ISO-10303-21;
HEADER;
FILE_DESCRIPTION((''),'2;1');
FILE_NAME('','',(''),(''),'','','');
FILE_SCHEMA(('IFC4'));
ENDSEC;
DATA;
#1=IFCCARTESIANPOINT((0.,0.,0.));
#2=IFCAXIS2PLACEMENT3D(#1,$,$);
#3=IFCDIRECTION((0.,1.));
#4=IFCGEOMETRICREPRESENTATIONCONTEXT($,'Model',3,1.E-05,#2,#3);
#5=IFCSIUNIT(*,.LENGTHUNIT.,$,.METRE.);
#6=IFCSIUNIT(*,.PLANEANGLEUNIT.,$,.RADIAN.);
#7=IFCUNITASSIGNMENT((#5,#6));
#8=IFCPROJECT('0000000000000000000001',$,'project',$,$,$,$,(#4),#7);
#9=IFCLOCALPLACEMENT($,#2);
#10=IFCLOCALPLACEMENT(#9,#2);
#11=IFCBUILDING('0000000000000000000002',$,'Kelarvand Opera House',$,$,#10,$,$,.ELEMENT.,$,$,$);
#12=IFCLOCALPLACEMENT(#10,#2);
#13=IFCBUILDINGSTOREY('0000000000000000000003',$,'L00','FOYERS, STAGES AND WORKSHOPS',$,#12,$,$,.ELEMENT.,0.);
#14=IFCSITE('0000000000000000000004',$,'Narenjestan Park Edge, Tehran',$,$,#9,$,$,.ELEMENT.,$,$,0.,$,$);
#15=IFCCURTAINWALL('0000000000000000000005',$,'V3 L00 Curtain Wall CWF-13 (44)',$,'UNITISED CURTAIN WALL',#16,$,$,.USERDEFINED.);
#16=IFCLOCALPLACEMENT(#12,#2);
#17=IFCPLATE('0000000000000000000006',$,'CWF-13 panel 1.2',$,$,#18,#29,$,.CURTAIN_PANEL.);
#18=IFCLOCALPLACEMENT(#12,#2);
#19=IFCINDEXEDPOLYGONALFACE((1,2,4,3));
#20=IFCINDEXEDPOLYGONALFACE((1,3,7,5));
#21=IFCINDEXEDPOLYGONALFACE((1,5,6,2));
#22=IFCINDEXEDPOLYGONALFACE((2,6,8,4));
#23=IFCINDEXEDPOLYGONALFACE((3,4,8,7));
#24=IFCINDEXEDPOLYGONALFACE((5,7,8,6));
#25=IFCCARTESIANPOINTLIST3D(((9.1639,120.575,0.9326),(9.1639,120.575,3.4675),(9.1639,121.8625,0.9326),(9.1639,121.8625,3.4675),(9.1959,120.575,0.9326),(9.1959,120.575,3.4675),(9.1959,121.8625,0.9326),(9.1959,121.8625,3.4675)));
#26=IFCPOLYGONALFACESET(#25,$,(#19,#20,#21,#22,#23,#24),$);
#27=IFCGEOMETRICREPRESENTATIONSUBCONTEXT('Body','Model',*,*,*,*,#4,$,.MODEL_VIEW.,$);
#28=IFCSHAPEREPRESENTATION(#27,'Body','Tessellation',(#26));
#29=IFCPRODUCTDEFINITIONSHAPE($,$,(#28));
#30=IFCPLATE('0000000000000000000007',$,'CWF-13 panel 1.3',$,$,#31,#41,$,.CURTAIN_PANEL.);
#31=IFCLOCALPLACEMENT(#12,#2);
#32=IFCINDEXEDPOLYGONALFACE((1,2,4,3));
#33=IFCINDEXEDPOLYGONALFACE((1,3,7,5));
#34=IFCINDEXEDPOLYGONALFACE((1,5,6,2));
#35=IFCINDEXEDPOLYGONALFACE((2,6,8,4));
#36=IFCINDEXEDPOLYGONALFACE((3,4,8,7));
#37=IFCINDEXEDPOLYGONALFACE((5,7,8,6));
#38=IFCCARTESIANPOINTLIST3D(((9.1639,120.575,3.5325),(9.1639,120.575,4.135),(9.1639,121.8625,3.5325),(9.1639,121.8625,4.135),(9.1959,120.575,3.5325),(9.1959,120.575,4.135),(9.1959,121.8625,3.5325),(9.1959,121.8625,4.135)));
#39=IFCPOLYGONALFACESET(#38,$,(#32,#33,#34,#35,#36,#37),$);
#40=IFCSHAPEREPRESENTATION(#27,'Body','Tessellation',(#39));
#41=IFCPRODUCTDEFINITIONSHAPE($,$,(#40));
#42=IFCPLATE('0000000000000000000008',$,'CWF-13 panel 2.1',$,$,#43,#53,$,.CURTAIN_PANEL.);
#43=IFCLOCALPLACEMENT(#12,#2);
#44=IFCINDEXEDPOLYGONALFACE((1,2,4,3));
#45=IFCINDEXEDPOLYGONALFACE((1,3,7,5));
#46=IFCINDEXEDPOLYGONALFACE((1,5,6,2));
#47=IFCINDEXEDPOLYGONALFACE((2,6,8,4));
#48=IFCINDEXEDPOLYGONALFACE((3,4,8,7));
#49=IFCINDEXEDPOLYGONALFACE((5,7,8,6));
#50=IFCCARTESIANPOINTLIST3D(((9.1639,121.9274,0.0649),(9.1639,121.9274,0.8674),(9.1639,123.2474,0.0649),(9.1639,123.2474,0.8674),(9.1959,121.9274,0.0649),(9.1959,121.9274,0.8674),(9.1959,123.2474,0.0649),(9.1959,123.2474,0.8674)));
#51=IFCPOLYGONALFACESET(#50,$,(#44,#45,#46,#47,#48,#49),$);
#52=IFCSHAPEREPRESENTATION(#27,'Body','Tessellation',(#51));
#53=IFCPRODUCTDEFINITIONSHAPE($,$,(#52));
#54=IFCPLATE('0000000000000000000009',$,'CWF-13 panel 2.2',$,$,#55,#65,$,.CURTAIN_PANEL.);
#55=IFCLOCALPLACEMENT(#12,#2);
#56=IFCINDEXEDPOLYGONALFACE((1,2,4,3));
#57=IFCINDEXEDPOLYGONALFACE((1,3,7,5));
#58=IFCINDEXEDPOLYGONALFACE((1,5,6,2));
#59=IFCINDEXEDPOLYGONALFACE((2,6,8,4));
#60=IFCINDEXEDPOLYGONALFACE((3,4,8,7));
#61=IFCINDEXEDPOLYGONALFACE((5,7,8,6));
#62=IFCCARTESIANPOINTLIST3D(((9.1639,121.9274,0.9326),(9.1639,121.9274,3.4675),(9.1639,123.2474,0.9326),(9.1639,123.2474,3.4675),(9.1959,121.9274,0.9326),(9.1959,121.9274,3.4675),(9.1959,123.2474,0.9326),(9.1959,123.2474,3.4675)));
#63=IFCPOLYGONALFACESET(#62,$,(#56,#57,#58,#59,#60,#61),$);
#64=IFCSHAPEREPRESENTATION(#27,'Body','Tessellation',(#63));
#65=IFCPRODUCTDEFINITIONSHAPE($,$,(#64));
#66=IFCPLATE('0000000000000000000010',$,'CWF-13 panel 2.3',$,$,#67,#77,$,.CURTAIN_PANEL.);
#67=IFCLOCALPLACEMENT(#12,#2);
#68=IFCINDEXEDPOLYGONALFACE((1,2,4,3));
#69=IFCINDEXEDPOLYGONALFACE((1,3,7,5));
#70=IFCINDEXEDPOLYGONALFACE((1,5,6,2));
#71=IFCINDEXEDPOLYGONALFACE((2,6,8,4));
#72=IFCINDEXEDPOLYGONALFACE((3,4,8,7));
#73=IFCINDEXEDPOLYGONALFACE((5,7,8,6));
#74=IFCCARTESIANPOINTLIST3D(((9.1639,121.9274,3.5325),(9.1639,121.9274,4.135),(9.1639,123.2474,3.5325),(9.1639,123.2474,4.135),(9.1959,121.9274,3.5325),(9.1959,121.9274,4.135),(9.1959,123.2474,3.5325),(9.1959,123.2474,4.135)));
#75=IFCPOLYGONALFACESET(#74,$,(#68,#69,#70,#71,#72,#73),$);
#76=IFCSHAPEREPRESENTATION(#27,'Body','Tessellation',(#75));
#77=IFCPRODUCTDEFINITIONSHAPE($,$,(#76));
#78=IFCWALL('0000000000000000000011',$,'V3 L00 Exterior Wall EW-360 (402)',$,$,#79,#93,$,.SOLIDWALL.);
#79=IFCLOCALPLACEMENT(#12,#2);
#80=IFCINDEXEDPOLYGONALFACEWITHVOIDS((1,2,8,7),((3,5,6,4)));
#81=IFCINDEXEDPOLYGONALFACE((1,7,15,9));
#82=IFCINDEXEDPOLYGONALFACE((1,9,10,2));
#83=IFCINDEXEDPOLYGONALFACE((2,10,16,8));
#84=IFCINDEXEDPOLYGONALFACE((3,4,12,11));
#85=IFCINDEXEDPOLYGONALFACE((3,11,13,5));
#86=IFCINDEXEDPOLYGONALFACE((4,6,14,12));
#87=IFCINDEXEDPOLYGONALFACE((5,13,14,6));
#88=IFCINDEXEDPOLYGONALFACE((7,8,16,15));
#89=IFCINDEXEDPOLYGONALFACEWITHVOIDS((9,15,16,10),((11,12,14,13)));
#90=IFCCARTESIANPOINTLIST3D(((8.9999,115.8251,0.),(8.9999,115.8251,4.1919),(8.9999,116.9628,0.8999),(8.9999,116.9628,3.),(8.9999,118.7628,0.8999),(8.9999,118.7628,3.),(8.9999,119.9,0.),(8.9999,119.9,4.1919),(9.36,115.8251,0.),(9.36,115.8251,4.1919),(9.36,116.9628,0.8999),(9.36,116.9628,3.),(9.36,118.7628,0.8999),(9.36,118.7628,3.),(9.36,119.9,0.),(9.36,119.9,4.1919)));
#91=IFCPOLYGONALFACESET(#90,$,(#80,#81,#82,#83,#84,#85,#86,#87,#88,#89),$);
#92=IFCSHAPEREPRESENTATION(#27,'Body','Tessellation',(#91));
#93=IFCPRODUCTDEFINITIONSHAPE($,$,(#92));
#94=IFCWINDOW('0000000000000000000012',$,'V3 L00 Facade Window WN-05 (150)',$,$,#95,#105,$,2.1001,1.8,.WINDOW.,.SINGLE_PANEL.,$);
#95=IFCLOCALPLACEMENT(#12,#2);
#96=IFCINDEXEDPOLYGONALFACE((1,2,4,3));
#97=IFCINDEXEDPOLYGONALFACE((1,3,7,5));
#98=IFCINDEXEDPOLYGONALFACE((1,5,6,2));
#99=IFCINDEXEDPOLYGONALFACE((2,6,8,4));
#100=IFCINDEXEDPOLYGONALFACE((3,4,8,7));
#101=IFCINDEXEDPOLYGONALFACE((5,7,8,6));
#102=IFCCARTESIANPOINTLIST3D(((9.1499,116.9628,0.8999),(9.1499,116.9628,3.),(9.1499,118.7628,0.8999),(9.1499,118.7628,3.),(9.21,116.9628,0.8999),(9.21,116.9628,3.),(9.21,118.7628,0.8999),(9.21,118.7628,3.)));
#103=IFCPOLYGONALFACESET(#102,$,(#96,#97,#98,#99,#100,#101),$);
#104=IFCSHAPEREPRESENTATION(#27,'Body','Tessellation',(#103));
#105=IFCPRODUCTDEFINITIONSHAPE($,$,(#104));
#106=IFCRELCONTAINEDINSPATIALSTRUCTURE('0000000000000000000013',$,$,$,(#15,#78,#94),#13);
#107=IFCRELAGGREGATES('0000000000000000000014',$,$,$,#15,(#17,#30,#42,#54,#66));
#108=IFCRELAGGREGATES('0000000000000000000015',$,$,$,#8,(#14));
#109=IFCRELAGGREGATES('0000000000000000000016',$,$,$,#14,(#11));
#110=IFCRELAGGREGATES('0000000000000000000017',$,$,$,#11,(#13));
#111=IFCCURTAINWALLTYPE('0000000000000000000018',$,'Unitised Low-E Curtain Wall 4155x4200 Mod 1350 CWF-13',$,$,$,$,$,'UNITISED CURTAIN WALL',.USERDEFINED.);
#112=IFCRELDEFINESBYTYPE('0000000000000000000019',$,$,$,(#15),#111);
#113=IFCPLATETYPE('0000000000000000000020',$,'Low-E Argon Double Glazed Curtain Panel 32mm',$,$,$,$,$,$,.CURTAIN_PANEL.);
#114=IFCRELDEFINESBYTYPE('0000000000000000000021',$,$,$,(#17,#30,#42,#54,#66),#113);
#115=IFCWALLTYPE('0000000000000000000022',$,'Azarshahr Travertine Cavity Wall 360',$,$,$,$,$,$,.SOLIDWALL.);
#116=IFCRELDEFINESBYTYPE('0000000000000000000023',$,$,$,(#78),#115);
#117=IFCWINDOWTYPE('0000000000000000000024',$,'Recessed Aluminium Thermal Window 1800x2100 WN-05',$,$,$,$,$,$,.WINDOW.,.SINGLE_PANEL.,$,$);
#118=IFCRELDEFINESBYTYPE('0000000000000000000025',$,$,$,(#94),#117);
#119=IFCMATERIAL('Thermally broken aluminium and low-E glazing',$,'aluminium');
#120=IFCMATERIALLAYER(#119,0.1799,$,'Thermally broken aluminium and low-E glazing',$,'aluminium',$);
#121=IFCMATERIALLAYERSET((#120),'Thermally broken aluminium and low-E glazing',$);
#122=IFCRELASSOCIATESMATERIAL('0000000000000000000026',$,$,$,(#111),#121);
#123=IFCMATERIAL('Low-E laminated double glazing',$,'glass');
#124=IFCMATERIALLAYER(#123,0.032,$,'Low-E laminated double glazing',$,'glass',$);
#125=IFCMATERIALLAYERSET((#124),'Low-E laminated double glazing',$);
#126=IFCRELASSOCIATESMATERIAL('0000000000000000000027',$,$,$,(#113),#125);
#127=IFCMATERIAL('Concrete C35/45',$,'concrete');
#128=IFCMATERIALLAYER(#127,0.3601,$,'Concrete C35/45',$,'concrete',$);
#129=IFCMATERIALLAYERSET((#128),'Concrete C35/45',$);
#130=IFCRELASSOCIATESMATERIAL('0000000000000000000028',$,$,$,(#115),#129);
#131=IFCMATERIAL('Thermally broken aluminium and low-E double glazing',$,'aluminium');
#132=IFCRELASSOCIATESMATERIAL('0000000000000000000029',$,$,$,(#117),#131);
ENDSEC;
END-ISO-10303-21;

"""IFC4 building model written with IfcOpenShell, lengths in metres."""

from ifc_helpers import new_model, si_unit, direction, frame, frame_2d, origin, origin_2d, place, context, subcontext, project, spatial, rectangle, extrude, material, layer, layer_set, type_object, element, fill, aggregate, save


model = new_model("IFC4")

# Units and contexts
model_context = context("Model", 3, precision=1e-05, world=origin(), true_north=direction((0.0, 1.0)))
body_context = subcontext(model_context, "Body", "Model", "MODEL_VIEW")
ifc_project = project(units=[si_unit("LENGTHUNIT", "METRE"), si_unit("PLANEANGLEUNIT", "RADIAN")], contexts=[model_context])

# Site, building, storey
site_placement = place(None, origin())
site = spatial("IfcSite", under=ifc_project, at=site_placement, Name="Narenjestan Park Edge, Tehran", CompositionType="ELEMENT", RefElevation=0.0)
building_placement = place(site_placement, origin())
building = spatial("IfcBuilding", under=site, at=building_placement, Name="Kelarvand Opera House", CompositionType="ELEMENT")
storey_placement = place(building_placement, origin())
storey = spatial("IfcBuildingStorey", under=building, at=storey_placement, Name="L00", Description="FOYERS, STAGES AND WORKSHOPS", CompositionType="ELEMENT", Elevation=0.0)

# Curtain wall
ifc_material_1 = material(Name="Thermally broken aluminium and low-E glazing", Category="aluminium")
ifc_layer_1 = layer(ifc_material_1, 0.1799, Name="Thermally broken aluminium and low-E glazing", Category="aluminium")
ifc_layer_set_1 = layer_set([ifc_layer_1], Name="Thermally broken aluminium and low-E glazing")
curtain_wall_type = type_object("IfcCurtainWallType", Name="Unitised Low-E Curtain Wall 4155x4200 Mod 1350 CWF-13", ElementType="UNITISED CURTAIN WALL", PredefinedType="USERDEFINED", material=ifc_layer_set_1)
curtain_wall_placement = place(storey_placement, origin())
curtain_wall = element("IfcCurtainWall", 1, at=curtain_wall_placement, inside=storey, type_object=curtain_wall_type, Name="V3 L00 Curtain Wall CWF-13 (44)", ObjectType="UNITISED CURTAIN WALL", PredefinedType="USERDEFINED")

# Plates
ifc_material_2 = material(Name="Low-E laminated double glazing", Category="glass")
ifc_layer_2 = layer(ifc_material_2, 0.032, Name="Low-E laminated double glazing", Category="glass")
ifc_layer_set_2 = layer_set([ifc_layer_2], Name="Low-E laminated double glazing")
plate_type = type_object("IfcPlateType", Name="Low-E Argon Double Glazed Curtain Panel 32mm", PredefinedType="CURTAIN_PANEL", material=ifc_layer_set_2)
plate_1_placement = place(storey_placement, frame((9.1799, 121.2188, 0.9326), z_axis=(0.0, 0.0, 1.0), x_axis=(0.0, 1.0, 0.0)))
plate_1 = element("IfcPlate", 2, at=plate_1_placement, type_object=plate_type, Name="CWF-13 panel 1.2", PredefinedType="CURTAIN_PANEL", context=body_context, shape_type="SweptSolid", body=[
    extrude(rectangle(XDim=1.2876, YDim=0.032, at=origin_2d()), origin(), (0.0, 0.0, 1.0), 2.5349),
])
plate_2_placement = place(storey_placement, frame((9.1799, 121.2188, 3.5325), z_axis=(0.0, 0.0, 1.0), x_axis=(0.0, 1.0, 0.0)))
plate_2 = element("IfcPlate", 3, at=plate_2_placement, type_object=plate_type, Name="CWF-13 panel 1.3", PredefinedType="CURTAIN_PANEL", context=body_context, shape_type="SweptSolid", body=[
    extrude(rectangle(XDim=1.2876, YDim=0.032, at=origin_2d()), origin(), (0.0, 0.0, 1.0), 0.6025),
])
plate_3_placement = place(storey_placement, frame((9.1799, 122.5874, 0.0649), z_axis=(0.0, 0.0, 1.0), x_axis=(0.0, 1.0, 0.0)))
plate_3 = element("IfcPlate", 4, at=plate_3_placement, type_object=plate_type, Name="CWF-13 panel 2.1", PredefinedType="CURTAIN_PANEL", context=body_context, shape_type="SweptSolid", body=[
    extrude(rectangle(XDim=1.3201, YDim=0.032, at=origin_2d()), origin(), (0.0, 0.0, 1.0), 0.8025),
])
plate_4_placement = place(storey_placement, frame((9.1799, 122.5874, 0.9326), z_axis=(0.0, 0.0, 1.0), x_axis=(0.0, 1.0, 0.0)))
plate_4 = element("IfcPlate", 5, at=plate_4_placement, type_object=plate_type, Name="CWF-13 panel 2.2", PredefinedType="CURTAIN_PANEL", context=body_context, shape_type="SweptSolid", body=[
    extrude(rectangle(XDim=1.3201, YDim=0.032, at=origin_2d()), origin(), (0.0, 0.0, 1.0), 2.5349),
])
plate_5_placement = place(storey_placement, frame((9.1799, 122.5874, 3.5325), z_axis=(0.0, 0.0, 1.0), x_axis=(0.0, 1.0, 0.0)))
plate_5 = element("IfcPlate", 6, at=plate_5_placement, type_object=plate_type, Name="CWF-13 panel 2.3", PredefinedType="CURTAIN_PANEL", context=body_context, shape_type="SweptSolid", body=[
    extrude(rectangle(XDim=1.3201, YDim=0.032, at=origin_2d()), origin(), (0.0, 0.0, 1.0), 0.6025),
])
aggregate(curtain_wall, [plate_1, plate_2, plate_3, plate_4, plate_5])

# Wall, opening, window
ifc_material_3 = material(Name="Concrete C35/45", Category="concrete")
ifc_layer_3 = layer(ifc_material_3, 0.3601, Name="Concrete C35/45", Category="concrete")
ifc_layer_set_3 = layer_set([ifc_layer_3], Name="Concrete C35/45")
wall_type = type_object("IfcWallType", Name="Azarshahr Travertine Cavity Wall 360", PredefinedType="SOLIDWALL", material=ifc_layer_set_3)
wall_placement = place(storey_placement, frame((9.1799, 115.825, 0.0), z_axis=(0.0, 0.0, 1.0), x_axis=(0.0, 1.0, 0.0)))
wall = element("IfcWall", 7, at=wall_placement, inside=storey, type_object=wall_type, Name="V3 L00 Exterior Wall EW-360 (402)", PredefinedType="SOLIDWALL", context=body_context, shape_type="SweptSolid", body=[
    extrude(rectangle(XDim=4.075, YDim=0.3601, at=frame_2d((2.0376, 0.0))), origin(), (0.0, 0.0, 1.0), 4.1919),
])
opening_placement = place(wall_placement, frame((1.1379, 0.0, 0.8999)))
opening = element("IfcOpeningElement", 8, at=opening_placement, cuts=wall, PredefinedType="OPENING", context=body_context, shape_type="SweptSolid", body=[
    extrude(rectangle(XDim=1.8, YDim=2.1001, at=frame_2d((0.8999, 1.05))), frame((0.0, 0.1899, 0.0), z_axis=(0.0, -1.0, 0.0), x_axis=(1.0, 0.0, 0.0)), (0.0, 0.0, 1.0), 0.3801),
])
ifc_material_4 = material(Name="Thermally broken aluminium and low-E double glazing", Category="aluminium")
window_type = type_object("IfcWindowType", Name="Recessed Aluminium Thermal Window 1800x2100 WN-05", PartitioningType="SINGLE_PANEL", PredefinedType="WINDOW", material=ifc_material_4)
window_placement = place(opening_placement, origin())
window = element("IfcWindow", 9, at=window_placement, inside=storey, type_object=window_type, Name="V3 L00 Facade Window WN-05 (150)", OverallHeight=2.1001, OverallWidth=1.8, PartitioningType="SINGLE_PANEL", PredefinedType="WINDOW", context=body_context, shape_type="SweptSolid", body=[
    extrude(rectangle(XDim=1.8, YDim=2.1001, at=frame_2d((0.8999, 1.05))), frame((0.0, 0.03, 0.0), z_axis=(0.0, -1.0, 0.0), x_axis=(1.0, 0.0, 0.0)), (0.0, 0.0, 1.0), 0.0601),
])
fill(opening, window)

save(model, "model.ifc")
